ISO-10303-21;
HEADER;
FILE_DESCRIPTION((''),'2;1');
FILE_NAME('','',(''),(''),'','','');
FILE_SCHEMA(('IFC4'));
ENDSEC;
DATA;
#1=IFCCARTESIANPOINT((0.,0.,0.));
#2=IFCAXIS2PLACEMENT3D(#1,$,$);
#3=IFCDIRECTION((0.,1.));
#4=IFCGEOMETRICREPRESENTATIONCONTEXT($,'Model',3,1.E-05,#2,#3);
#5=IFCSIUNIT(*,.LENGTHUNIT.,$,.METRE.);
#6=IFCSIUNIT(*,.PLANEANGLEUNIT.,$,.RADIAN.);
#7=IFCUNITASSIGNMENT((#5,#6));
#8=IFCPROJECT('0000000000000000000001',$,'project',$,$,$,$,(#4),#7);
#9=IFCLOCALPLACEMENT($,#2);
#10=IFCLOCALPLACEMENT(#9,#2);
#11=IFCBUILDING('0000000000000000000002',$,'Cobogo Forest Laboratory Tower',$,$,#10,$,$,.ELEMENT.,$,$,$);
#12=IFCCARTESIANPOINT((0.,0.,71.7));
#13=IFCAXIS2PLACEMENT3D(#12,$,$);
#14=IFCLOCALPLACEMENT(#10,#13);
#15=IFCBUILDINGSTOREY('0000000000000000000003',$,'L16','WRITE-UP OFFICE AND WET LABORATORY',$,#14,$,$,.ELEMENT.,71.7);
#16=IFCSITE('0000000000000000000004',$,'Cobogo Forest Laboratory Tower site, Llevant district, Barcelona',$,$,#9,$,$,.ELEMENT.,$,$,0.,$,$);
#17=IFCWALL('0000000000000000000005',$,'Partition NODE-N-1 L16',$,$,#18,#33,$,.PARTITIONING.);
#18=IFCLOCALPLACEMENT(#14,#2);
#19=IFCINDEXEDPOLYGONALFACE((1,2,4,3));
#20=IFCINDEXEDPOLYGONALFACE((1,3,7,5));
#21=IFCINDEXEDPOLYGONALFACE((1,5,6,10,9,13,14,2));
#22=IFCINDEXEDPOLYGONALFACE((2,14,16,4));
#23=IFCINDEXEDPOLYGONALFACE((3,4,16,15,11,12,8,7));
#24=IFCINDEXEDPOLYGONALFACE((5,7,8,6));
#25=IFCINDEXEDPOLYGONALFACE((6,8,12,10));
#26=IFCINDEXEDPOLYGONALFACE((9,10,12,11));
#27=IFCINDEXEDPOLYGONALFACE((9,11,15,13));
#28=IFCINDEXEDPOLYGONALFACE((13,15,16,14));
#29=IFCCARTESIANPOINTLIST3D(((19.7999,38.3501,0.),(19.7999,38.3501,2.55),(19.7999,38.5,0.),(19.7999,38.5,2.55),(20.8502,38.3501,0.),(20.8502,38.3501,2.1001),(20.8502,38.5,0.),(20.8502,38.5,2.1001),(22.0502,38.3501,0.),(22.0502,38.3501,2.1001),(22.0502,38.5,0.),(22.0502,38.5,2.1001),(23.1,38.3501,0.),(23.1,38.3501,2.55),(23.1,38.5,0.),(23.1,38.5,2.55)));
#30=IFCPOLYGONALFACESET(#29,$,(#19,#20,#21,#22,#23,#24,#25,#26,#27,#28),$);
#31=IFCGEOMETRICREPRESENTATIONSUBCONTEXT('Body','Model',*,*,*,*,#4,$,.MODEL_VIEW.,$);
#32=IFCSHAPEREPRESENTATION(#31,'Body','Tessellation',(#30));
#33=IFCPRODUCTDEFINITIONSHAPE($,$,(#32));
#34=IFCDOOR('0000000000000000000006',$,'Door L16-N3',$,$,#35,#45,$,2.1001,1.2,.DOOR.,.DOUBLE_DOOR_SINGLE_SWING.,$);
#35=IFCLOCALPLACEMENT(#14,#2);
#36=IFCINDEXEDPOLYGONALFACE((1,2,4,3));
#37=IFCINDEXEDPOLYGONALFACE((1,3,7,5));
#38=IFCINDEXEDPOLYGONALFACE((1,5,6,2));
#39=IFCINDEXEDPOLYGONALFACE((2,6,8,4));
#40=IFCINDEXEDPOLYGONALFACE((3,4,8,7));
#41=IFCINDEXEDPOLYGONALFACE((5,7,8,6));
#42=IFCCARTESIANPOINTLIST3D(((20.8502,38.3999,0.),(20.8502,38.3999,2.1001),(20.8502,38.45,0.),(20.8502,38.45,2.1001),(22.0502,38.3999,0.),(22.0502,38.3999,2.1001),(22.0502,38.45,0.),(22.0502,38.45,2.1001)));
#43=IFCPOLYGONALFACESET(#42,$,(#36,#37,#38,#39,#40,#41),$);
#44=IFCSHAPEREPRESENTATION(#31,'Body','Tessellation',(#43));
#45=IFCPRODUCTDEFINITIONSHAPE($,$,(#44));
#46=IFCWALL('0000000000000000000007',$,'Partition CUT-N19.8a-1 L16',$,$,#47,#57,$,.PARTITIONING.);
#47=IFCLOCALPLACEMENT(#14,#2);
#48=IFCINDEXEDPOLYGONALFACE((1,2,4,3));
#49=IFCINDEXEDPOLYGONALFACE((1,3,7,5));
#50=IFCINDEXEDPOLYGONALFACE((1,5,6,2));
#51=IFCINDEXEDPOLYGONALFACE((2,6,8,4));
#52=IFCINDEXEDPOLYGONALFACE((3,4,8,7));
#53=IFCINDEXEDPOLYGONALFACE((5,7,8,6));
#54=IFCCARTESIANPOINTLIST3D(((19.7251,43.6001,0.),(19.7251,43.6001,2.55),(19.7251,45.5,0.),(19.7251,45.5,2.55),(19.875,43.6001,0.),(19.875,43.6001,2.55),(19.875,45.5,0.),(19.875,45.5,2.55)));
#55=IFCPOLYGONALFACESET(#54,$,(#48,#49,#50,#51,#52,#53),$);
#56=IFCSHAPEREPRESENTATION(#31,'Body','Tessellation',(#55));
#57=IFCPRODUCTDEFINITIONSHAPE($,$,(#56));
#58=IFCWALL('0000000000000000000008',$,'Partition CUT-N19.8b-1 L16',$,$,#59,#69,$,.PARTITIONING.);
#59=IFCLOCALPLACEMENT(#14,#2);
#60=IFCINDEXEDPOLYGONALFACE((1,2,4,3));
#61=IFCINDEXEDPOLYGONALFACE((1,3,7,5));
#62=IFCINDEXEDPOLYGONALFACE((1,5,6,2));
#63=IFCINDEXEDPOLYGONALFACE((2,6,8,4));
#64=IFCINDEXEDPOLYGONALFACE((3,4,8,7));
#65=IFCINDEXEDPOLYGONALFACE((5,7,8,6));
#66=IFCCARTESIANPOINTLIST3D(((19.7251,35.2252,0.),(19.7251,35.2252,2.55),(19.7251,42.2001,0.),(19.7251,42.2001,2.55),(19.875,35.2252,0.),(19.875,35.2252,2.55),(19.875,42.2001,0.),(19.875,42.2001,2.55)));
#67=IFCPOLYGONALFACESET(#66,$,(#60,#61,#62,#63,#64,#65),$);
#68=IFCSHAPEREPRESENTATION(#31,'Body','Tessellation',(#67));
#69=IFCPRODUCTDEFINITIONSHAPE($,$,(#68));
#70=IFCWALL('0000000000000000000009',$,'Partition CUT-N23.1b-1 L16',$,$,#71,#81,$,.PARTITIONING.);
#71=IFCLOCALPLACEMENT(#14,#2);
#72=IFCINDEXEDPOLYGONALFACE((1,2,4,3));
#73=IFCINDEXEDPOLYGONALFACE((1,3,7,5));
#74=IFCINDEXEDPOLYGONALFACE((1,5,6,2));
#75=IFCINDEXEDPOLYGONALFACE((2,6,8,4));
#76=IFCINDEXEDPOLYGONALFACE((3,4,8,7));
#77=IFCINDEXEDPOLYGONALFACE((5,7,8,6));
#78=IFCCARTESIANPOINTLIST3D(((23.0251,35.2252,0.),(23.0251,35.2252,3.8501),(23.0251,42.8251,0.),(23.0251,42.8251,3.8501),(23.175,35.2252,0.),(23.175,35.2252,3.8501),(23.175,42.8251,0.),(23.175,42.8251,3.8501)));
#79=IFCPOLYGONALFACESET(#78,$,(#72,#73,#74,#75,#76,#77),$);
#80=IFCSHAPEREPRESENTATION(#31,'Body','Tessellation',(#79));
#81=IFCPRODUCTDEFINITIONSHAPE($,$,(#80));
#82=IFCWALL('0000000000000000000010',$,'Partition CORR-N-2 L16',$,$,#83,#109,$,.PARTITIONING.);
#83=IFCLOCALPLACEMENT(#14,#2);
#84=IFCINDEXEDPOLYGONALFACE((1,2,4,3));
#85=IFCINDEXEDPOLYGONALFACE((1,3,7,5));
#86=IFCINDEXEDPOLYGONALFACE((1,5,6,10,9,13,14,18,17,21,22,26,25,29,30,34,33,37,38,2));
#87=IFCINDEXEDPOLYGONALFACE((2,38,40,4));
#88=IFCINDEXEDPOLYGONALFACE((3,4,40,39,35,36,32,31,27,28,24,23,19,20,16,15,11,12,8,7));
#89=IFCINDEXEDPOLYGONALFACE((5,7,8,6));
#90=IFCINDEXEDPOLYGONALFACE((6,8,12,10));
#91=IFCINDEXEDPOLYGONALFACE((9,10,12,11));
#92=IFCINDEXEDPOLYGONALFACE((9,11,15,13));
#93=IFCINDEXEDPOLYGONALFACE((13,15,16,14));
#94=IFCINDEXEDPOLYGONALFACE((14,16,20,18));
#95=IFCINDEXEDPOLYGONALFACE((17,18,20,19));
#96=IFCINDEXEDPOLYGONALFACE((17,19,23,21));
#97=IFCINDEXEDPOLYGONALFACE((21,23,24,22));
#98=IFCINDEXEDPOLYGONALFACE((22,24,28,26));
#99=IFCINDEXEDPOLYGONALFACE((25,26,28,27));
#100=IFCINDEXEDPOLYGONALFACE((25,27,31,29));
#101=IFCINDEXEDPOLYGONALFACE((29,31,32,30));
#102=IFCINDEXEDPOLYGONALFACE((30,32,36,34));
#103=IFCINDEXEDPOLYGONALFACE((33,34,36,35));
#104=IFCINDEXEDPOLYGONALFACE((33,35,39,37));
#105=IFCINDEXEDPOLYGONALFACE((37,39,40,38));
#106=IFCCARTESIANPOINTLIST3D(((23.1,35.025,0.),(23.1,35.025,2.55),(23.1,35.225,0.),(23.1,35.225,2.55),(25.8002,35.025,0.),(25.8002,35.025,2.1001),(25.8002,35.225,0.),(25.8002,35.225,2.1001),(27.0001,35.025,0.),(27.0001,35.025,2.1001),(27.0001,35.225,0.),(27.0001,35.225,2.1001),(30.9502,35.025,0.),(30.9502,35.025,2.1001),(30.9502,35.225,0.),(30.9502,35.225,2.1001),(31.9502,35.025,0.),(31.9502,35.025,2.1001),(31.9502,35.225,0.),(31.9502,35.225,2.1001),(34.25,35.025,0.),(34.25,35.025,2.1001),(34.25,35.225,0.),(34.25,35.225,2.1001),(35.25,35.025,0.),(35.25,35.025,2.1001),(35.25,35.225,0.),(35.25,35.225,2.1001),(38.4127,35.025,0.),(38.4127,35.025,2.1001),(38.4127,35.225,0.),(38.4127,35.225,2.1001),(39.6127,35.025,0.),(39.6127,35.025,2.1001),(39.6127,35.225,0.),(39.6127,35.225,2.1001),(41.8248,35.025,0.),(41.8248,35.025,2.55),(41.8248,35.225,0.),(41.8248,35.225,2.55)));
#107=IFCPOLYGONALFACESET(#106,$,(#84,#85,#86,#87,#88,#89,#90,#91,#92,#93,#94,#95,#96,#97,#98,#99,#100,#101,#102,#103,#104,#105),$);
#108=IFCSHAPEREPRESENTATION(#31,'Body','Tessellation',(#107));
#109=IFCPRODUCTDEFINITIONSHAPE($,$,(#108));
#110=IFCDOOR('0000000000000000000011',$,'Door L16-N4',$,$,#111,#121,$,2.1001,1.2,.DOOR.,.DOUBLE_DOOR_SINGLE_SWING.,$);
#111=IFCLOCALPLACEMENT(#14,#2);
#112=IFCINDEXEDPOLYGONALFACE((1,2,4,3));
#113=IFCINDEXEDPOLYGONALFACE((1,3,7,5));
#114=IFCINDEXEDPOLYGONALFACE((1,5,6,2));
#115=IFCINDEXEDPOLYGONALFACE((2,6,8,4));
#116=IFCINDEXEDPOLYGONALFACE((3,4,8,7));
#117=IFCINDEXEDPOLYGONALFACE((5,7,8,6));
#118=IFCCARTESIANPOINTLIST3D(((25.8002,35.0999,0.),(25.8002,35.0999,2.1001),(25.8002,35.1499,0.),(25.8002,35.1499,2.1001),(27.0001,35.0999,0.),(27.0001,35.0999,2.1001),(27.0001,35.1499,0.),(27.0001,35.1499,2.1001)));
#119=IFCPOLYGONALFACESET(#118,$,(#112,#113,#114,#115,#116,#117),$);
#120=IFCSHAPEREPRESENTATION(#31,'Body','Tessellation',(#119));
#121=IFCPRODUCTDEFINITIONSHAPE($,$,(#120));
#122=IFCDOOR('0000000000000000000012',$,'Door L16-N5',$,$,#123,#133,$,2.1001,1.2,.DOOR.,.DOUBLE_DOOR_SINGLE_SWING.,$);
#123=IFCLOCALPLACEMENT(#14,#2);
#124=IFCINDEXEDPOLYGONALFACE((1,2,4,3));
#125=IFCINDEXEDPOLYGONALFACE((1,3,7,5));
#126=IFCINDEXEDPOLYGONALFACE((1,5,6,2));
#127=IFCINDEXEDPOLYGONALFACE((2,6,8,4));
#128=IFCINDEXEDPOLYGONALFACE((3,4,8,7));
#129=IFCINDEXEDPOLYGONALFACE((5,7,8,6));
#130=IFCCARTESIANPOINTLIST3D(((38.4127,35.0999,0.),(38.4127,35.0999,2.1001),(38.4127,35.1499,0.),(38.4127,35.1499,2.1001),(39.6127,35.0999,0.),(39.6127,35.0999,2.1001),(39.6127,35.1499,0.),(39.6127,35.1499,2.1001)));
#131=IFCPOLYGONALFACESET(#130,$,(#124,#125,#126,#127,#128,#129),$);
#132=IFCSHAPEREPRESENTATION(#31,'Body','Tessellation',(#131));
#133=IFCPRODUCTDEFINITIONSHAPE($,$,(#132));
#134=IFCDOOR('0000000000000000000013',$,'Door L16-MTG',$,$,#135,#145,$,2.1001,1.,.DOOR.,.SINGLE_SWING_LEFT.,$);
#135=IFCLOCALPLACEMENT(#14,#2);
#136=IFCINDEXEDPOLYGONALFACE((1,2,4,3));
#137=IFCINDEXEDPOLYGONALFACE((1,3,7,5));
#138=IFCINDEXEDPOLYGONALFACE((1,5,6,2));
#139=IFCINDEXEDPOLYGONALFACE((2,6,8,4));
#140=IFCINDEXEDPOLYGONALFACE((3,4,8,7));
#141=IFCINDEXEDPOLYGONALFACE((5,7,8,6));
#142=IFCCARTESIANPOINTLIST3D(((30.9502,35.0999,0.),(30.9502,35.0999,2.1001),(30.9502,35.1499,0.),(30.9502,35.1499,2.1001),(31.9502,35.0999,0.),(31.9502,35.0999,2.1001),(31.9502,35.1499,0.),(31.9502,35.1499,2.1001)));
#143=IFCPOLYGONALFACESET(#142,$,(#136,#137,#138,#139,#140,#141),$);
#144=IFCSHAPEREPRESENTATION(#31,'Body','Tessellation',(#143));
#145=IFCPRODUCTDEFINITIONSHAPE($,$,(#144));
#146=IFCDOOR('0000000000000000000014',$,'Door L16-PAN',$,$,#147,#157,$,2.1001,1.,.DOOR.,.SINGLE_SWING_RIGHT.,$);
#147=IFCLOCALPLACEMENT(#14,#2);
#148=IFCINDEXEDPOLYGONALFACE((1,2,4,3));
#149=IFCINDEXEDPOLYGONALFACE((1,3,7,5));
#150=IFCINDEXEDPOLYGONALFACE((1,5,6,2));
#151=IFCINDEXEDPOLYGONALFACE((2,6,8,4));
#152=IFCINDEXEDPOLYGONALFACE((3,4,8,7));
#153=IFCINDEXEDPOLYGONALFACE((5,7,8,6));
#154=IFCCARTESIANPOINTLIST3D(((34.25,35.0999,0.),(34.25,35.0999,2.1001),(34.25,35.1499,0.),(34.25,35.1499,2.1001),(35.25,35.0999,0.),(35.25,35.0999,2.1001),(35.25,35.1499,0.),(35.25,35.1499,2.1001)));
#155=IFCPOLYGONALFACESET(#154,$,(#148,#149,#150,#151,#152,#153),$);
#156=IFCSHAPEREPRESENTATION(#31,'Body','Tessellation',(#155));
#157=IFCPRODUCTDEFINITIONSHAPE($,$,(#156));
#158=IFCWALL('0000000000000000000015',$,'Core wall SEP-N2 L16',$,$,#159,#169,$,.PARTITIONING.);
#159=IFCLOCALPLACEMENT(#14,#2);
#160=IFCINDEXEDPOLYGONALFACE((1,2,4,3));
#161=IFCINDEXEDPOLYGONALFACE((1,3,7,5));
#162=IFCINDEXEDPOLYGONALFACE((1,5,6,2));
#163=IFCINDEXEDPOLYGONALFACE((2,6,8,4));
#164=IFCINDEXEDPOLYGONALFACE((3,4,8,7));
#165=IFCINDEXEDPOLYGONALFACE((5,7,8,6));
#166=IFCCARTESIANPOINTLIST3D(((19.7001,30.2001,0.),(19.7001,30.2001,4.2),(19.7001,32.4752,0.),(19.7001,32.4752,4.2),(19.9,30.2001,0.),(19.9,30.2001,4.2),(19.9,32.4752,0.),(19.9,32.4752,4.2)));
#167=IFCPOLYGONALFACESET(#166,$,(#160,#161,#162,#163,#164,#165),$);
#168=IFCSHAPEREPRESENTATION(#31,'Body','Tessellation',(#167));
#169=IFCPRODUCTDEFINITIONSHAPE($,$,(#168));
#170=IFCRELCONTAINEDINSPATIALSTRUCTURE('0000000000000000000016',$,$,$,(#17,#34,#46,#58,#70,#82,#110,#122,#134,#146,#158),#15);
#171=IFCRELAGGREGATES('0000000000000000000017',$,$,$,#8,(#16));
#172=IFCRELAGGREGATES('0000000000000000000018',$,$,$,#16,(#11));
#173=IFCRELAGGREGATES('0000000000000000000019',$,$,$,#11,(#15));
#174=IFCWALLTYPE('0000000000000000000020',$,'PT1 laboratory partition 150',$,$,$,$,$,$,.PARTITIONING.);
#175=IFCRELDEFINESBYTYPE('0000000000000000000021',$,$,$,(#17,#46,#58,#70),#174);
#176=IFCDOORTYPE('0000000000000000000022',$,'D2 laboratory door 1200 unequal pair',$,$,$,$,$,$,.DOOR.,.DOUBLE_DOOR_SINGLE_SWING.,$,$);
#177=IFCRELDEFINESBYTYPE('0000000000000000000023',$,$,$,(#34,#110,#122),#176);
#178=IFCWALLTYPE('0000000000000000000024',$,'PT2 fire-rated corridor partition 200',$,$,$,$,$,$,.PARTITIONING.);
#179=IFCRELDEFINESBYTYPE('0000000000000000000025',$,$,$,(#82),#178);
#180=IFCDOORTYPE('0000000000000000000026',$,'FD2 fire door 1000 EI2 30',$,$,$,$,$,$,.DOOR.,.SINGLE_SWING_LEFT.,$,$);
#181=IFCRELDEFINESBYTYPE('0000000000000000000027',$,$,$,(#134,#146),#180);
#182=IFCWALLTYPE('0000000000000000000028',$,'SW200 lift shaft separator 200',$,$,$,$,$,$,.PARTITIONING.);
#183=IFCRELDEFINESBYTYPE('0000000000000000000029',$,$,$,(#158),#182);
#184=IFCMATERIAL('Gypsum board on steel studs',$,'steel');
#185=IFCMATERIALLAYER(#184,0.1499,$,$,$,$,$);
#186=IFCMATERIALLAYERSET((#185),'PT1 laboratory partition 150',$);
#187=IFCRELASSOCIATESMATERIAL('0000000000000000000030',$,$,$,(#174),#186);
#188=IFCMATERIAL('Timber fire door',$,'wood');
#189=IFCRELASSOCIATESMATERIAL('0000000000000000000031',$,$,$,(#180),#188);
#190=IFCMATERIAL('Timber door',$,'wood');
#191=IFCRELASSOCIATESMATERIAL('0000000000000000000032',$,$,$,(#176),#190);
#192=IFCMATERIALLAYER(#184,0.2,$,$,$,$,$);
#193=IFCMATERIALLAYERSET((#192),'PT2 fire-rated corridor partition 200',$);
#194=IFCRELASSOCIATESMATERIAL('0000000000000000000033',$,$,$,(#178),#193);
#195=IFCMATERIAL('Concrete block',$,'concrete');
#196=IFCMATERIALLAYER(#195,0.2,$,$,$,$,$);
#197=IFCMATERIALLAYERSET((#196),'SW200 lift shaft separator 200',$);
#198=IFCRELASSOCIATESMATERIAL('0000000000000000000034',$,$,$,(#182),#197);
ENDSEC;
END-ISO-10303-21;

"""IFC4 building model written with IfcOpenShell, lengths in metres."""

from ifc_helpers import new_model, si_unit, direction, frame, frame_2d, origin, place, context, subcontext, project, spatial, rectangle, extrude, material, layer, layer_set, type_object, element, fill, save


model = new_model("IFC4")

# Units and contexts
model_context = context("Model", 3, precision=1e-05, world=origin(), true_north=direction((0.0, 1.0)))
body_context = subcontext(model_context, "Body", "Model", "MODEL_VIEW")
ifc_project = project(units=[si_unit("LENGTHUNIT", "METRE"), si_unit("PLANEANGLEUNIT", "RADIAN")], contexts=[model_context])

# Site, building, storey
site_placement = place(None, origin())
site = spatial("IfcSite", under=ifc_project, at=site_placement, Name="Cobogo Forest Laboratory Tower site, Llevant district, Barcelona", CompositionType="ELEMENT", RefElevation=0.0)
building_placement = place(site_placement, origin())
building = spatial("IfcBuilding", under=site, at=building_placement, Name="Cobogo Forest Laboratory Tower", CompositionType="ELEMENT")
storey_placement = place(building_placement, frame((0.0, 0.0, 71.7)))
storey = spatial("IfcBuildingStorey", under=building, at=storey_placement, Name="L16", Description="WRITE-UP OFFICE AND WET LABORATORY", CompositionType="ELEMENT", Elevation=71.7)

# Wall, opening, door
ifc_material_1 = material(Name="Gypsum board on steel studs", Category="steel")
ifc_layer_1 = layer(ifc_material_1, 0.1499)
ifc_layer_set_1 = layer_set([ifc_layer_1], Name="PT1 laboratory partition 150")
wall_type_1 = type_object("IfcWallType", Name="PT1 laboratory partition 150", PredefinedType="PARTITIONING", material=ifc_layer_set_1)
ifc_material_2 = material(Name="Timber fire door", Category="wood")
door_type_1 = type_object("IfcDoorType", Name="FD2 fire door 1000 EI2 30", OperationType="SINGLE_SWING_LEFT", PredefinedType="DOOR", material=ifc_material_2)
wall_1_placement = place(storey_placement, frame((19.8, 38.425, 0.0), z_axis=(0.0, 0.0, 1.0), x_axis=(1.0, 0.0, 0.0)))
wall_1 = element("IfcWall", 1, at=wall_1_placement, inside=storey, type_object=wall_type_1, Name="Partition NODE-N-1 L16", PredefinedType="PARTITIONING", context=body_context, shape_type="SweptSolid", body=[
    extrude(rectangle(XDim=3.3, YDim=0.1499, at=frame_2d((1.6499, 0.0))), origin(), (0.0, 0.0, 1.0), 2.55),
])
opening_1_placement = place(wall_1_placement, frame((1.05, 0.0, 0.0)))
opening_1 = element("IfcOpeningElement", 2, at=opening_1_placement, cuts=wall_1, PredefinedType="OPENING", context=body_context, shape_type="SweptSolid", body=[
    extrude(rectangle(XDim=1.2, YDim=2.1001, at=frame_2d((0.6001, 1.05))), frame((0.0, 0.085, 0.0), z_axis=(0.0, -1.0, 0.0), x_axis=(1.0, 0.0, 0.0)), (0.0, 0.0, 1.0), 0.1699),
])
ifc_material_3 = material(Name="Timber door", Category="wood")
door_type_2 = type_object("IfcDoorType", Name="D2 laboratory door 1200 unequal pair", OperationType="DOUBLE_DOOR_SINGLE_SWING", PredefinedType="DOOR", material=ifc_material_3)
door_1_placement = place(opening_1_placement, origin())
door_1 = element("IfcDoor", 3, at=door_1_placement, inside=storey, type_object=door_type_2, Name="Door L16-N3", OperationType="DOUBLE_DOOR_SINGLE_SWING", OverallHeight=2.1001, OverallWidth=1.2, PredefinedType="DOOR", context=body_context, shape_type="SweptSolid", body=[
    extrude(rectangle(XDim=1.2, YDim=2.1001, at=frame_2d((0.6001, 1.05))), frame((0.0, 0.0249, 0.0), z_axis=(0.0, -1.0, 0.0), x_axis=(1.0, 0.0, 0.0)), (0.0, 0.0, 1.0), 0.05),
])
fill(opening_1, door_1)

# Walls
wall_2_placement = place(storey_placement, frame((19.8, 45.5, 0.0), z_axis=(0.0, 0.0, 1.0), x_axis=(0.0, -1.0, 0.0)))
element("IfcWall", 4, at=wall_2_placement, inside=storey, type_object=wall_type_1, Name="Partition CUT-N19.8a-1 L16", PredefinedType="PARTITIONING", context=body_context, shape_type="SweptSolid", body=[
    extrude(rectangle(XDim=1.8999, YDim=0.1499, at=frame_2d((0.95, 0.0))), origin(), (0.0, 0.0, 1.0), 2.55),
])
wall_3_placement = place(storey_placement, frame((19.8, 42.2, 0.0), z_axis=(0.0, 0.0, 1.0), x_axis=(0.0, -1.0, 0.0)))
element("IfcWall", 5, at=wall_3_placement, inside=storey, type_object=wall_type_1, Name="Partition CUT-N19.8b-1 L16", PredefinedType="PARTITIONING", context=body_context, shape_type="SweptSolid", body=[
    extrude(rectangle(XDim=6.9749, YDim=0.1499, at=frame_2d((3.4873, 0.0))), origin(), (0.0, 0.0, 1.0), 2.55),
])
wall_4_placement = place(storey_placement, frame((23.1001, 42.825, 0.0), z_axis=(0.0, 0.0, 1.0), x_axis=(0.0, -1.0, 0.0)))
element("IfcWall", 6, at=wall_4_placement, inside=storey, type_object=wall_type_1, Name="Partition CUT-N23.1b-1 L16", PredefinedType="PARTITIONING", context=body_context, shape_type="SweptSolid", body=[
    extrude(rectangle(XDim=7.5999, YDim=0.1499, at=frame_2d((3.7998, 0.0))), origin(), (0.0, 0.0, 1.0), 3.8501),
])

# Wall, openings, doors
ifc_layer_2 = layer(ifc_material_1, 0.2)
ifc_layer_set_2 = layer_set([ifc_layer_2], Name="PT2 fire-rated corridor partition 200")
wall_type_2 = type_object("IfcWallType", Name="PT2 fire-rated corridor partition 200", PredefinedType="PARTITIONING", material=ifc_layer_set_2)
wall_5_placement = place(storey_placement, frame((23.1001, 35.125, 0.0), z_axis=(0.0, 0.0, 1.0), x_axis=(1.0, 0.0, 0.0)))
wall_5 = element("IfcWall", 7, at=wall_5_placement, inside=storey, type_object=wall_type_2, Name="Partition CORR-N-2 L16", PredefinedType="PARTITIONING", context=body_context, shape_type="SweptSolid", body=[
    extrude(rectangle(XDim=18.7249, YDim=0.2, at=frame_2d((9.3623, 0.0))), origin(), (0.0, 0.0, 1.0), 2.55),
])
opening_2_placement = place(wall_5_placement, frame((2.7, 0.0, 0.0)))
opening_2 = element("IfcOpeningElement", 8, at=opening_2_placement, cuts=wall_5, PredefinedType="OPENING", context=body_context, shape_type="SweptSolid", body=[
    extrude(rectangle(XDim=1.2, YDim=2.1001, at=frame_2d((0.6001, 1.05))), frame((0.0, 0.1099, 0.0), z_axis=(0.0, -1.0, 0.0), x_axis=(1.0, 0.0, 0.0)), (0.0, 0.0, 1.0), 0.22),
])
opening_3_placement = place(wall_5_placement, frame((7.8501, 0.0, 0.0)))
opening_3 = element("IfcOpeningElement", 9, at=opening_3_placement, cuts=wall_5, PredefinedType="OPENING", context=body_context, shape_type="SweptSolid", body=[
    extrude(rectangle(XDim=1.0, YDim=2.1001, at=frame_2d((0.5, 1.05))), frame((0.0, 0.1099, 0.0), z_axis=(0.0, -1.0, 0.0), x_axis=(1.0, 0.0, 0.0)), (0.0, 0.0, 1.0), 0.22),
])
opening_4_placement = place(wall_5_placement, frame((11.1499, 0.0, 0.0)))
opening_4 = element("IfcOpeningElement", 10, at=opening_4_placement, cuts=wall_5, PredefinedType="OPENING", context=body_context, shape_type="SweptSolid", body=[
    extrude(rectangle(XDim=1.0, YDim=2.1001, at=frame_2d((0.5, 1.05))), frame((0.0, 0.1099, 0.0), z_axis=(0.0, -1.0, 0.0), x_axis=(1.0, 0.0, 0.0)), (0.0, 0.0, 1.0), 0.22),
])
opening_5_placement = place(wall_5_placement, frame((15.3125, 0.0, 0.0)))
opening_5 = element("IfcOpeningElement", 11, at=opening_5_placement, cuts=wall_5, PredefinedType="OPENING", context=body_context, shape_type="SweptSolid", body=[
    extrude(rectangle(XDim=1.2, YDim=2.1001, at=frame_2d((0.6001, 1.05))), frame((0.0, 0.1099, 0.0), z_axis=(0.0, -1.0, 0.0), x_axis=(1.0, 0.0, 0.0)), (0.0, 0.0, 1.0), 0.22),
])
door_2_placement = place(opening_2_placement, origin())
door_2 = element("IfcDoor", 12, at=door_2_placement, inside=storey, type_object=door_type_2, Name="Door L16-N4", OperationType="DOUBLE_DOOR_SINGLE_SWING", OverallHeight=2.1001, OverallWidth=1.2, PredefinedType="DOOR", context=body_context, shape_type="SweptSolid", body=[
    extrude(rectangle(XDim=1.2, YDim=2.1001, at=frame_2d((0.6001, 1.05))), frame((0.0, 0.0249, 0.0), z_axis=(0.0, -1.0, 0.0), x_axis=(1.0, 0.0, 0.0)), (0.0, 0.0, 1.0), 0.05),
])
fill(opening_2, door_2)
door_3_placement = place(opening_5_placement, origin())
door_3 = element("IfcDoor", 13, at=door_3_placement, inside=storey, type_object=door_type_2, Name="Door L16-N5", OperationType="DOUBLE_DOOR_SINGLE_SWING", OverallHeight=2.1001, OverallWidth=1.2, PredefinedType="DOOR", context=body_context, shape_type="SweptSolid", body=[
    extrude(rectangle(XDim=1.2, YDim=2.1001, at=frame_2d((0.6001, 1.05))), frame((0.0, 0.0249, 0.0), z_axis=(0.0, -1.0, 0.0), x_axis=(1.0, 0.0, 0.0)), (0.0, 0.0, 1.0), 0.05),
])
fill(opening_5, door_3)
door_4_placement = place(opening_3_placement, origin())
door_4 = element("IfcDoor", 14, at=door_4_placement, inside=storey, type_object=door_type_1, Name="Door L16-MTG", OperationType="SINGLE_SWING_LEFT", OverallHeight=2.1001, OverallWidth=1.0, PredefinedType="DOOR", context=body_context, shape_type="SweptSolid", body=[
    extrude(rectangle(XDim=1.0, YDim=2.1001, at=frame_2d((0.5, 1.05))), frame((0.0, 0.0249, 0.0), z_axis=(0.0, -1.0, 0.0), x_axis=(1.0, 0.0, 0.0)), (0.0, 0.0, 1.0), 0.05),
])
fill(opening_3, door_4)
door_5_placement = place(opening_4_placement, origin())
door_5 = element("IfcDoor", 15, at=door_5_placement, inside=storey, type_object=door_type_1, Name="Door L16-PAN", OperationType="SINGLE_SWING_RIGHT", OverallHeight=2.1001, OverallWidth=1.0, PredefinedType="DOOR", context=body_context, shape_type="SweptSolid", body=[
    extrude(rectangle(XDim=1.0, YDim=2.1001, at=frame_2d((0.5, 1.05))), frame((0.0, 0.0249, 0.0), z_axis=(0.0, -1.0, 0.0), x_axis=(1.0, 0.0, 0.0)), (0.0, 0.0, 1.0), 0.05),
])
fill(opening_4, door_5)

# Wall
ifc_material_4 = material(Name="Concrete block", Category="concrete")
ifc_layer_3 = layer(ifc_material_4, 0.2)
ifc_layer_set_3 = layer_set([ifc_layer_3], Name="SW200 lift shaft separator 200")
wall_type_3 = type_object("IfcWallType", Name="SW200 lift shaft separator 200", PredefinedType="PARTITIONING", material=ifc_layer_set_3)
for number, where, z_axis, x_axis, name in (
    (16, (19.8, 30.2, 0.0), (0.0, 0.0, 1.0), (0.0, 1.0, 0.0), "Core wall SEP-N2 L16"),
):
    element("IfcWall", number, at=place(storey_placement, frame(where, z_axis=z_axis, x_axis=x_axis)), inside=storey, type_object=wall_type_3, Name=name, PredefinedType="PARTITIONING", context=body_context, shape_type="SweptSolid", body=[
        extrude(rectangle(XDim=2.2751, YDim=0.2, at=frame_2d((1.1377, 0.0))), origin(), (0.0, 0.0, 1.0), 4.2),
    ])

save(model, "model.ifc")
